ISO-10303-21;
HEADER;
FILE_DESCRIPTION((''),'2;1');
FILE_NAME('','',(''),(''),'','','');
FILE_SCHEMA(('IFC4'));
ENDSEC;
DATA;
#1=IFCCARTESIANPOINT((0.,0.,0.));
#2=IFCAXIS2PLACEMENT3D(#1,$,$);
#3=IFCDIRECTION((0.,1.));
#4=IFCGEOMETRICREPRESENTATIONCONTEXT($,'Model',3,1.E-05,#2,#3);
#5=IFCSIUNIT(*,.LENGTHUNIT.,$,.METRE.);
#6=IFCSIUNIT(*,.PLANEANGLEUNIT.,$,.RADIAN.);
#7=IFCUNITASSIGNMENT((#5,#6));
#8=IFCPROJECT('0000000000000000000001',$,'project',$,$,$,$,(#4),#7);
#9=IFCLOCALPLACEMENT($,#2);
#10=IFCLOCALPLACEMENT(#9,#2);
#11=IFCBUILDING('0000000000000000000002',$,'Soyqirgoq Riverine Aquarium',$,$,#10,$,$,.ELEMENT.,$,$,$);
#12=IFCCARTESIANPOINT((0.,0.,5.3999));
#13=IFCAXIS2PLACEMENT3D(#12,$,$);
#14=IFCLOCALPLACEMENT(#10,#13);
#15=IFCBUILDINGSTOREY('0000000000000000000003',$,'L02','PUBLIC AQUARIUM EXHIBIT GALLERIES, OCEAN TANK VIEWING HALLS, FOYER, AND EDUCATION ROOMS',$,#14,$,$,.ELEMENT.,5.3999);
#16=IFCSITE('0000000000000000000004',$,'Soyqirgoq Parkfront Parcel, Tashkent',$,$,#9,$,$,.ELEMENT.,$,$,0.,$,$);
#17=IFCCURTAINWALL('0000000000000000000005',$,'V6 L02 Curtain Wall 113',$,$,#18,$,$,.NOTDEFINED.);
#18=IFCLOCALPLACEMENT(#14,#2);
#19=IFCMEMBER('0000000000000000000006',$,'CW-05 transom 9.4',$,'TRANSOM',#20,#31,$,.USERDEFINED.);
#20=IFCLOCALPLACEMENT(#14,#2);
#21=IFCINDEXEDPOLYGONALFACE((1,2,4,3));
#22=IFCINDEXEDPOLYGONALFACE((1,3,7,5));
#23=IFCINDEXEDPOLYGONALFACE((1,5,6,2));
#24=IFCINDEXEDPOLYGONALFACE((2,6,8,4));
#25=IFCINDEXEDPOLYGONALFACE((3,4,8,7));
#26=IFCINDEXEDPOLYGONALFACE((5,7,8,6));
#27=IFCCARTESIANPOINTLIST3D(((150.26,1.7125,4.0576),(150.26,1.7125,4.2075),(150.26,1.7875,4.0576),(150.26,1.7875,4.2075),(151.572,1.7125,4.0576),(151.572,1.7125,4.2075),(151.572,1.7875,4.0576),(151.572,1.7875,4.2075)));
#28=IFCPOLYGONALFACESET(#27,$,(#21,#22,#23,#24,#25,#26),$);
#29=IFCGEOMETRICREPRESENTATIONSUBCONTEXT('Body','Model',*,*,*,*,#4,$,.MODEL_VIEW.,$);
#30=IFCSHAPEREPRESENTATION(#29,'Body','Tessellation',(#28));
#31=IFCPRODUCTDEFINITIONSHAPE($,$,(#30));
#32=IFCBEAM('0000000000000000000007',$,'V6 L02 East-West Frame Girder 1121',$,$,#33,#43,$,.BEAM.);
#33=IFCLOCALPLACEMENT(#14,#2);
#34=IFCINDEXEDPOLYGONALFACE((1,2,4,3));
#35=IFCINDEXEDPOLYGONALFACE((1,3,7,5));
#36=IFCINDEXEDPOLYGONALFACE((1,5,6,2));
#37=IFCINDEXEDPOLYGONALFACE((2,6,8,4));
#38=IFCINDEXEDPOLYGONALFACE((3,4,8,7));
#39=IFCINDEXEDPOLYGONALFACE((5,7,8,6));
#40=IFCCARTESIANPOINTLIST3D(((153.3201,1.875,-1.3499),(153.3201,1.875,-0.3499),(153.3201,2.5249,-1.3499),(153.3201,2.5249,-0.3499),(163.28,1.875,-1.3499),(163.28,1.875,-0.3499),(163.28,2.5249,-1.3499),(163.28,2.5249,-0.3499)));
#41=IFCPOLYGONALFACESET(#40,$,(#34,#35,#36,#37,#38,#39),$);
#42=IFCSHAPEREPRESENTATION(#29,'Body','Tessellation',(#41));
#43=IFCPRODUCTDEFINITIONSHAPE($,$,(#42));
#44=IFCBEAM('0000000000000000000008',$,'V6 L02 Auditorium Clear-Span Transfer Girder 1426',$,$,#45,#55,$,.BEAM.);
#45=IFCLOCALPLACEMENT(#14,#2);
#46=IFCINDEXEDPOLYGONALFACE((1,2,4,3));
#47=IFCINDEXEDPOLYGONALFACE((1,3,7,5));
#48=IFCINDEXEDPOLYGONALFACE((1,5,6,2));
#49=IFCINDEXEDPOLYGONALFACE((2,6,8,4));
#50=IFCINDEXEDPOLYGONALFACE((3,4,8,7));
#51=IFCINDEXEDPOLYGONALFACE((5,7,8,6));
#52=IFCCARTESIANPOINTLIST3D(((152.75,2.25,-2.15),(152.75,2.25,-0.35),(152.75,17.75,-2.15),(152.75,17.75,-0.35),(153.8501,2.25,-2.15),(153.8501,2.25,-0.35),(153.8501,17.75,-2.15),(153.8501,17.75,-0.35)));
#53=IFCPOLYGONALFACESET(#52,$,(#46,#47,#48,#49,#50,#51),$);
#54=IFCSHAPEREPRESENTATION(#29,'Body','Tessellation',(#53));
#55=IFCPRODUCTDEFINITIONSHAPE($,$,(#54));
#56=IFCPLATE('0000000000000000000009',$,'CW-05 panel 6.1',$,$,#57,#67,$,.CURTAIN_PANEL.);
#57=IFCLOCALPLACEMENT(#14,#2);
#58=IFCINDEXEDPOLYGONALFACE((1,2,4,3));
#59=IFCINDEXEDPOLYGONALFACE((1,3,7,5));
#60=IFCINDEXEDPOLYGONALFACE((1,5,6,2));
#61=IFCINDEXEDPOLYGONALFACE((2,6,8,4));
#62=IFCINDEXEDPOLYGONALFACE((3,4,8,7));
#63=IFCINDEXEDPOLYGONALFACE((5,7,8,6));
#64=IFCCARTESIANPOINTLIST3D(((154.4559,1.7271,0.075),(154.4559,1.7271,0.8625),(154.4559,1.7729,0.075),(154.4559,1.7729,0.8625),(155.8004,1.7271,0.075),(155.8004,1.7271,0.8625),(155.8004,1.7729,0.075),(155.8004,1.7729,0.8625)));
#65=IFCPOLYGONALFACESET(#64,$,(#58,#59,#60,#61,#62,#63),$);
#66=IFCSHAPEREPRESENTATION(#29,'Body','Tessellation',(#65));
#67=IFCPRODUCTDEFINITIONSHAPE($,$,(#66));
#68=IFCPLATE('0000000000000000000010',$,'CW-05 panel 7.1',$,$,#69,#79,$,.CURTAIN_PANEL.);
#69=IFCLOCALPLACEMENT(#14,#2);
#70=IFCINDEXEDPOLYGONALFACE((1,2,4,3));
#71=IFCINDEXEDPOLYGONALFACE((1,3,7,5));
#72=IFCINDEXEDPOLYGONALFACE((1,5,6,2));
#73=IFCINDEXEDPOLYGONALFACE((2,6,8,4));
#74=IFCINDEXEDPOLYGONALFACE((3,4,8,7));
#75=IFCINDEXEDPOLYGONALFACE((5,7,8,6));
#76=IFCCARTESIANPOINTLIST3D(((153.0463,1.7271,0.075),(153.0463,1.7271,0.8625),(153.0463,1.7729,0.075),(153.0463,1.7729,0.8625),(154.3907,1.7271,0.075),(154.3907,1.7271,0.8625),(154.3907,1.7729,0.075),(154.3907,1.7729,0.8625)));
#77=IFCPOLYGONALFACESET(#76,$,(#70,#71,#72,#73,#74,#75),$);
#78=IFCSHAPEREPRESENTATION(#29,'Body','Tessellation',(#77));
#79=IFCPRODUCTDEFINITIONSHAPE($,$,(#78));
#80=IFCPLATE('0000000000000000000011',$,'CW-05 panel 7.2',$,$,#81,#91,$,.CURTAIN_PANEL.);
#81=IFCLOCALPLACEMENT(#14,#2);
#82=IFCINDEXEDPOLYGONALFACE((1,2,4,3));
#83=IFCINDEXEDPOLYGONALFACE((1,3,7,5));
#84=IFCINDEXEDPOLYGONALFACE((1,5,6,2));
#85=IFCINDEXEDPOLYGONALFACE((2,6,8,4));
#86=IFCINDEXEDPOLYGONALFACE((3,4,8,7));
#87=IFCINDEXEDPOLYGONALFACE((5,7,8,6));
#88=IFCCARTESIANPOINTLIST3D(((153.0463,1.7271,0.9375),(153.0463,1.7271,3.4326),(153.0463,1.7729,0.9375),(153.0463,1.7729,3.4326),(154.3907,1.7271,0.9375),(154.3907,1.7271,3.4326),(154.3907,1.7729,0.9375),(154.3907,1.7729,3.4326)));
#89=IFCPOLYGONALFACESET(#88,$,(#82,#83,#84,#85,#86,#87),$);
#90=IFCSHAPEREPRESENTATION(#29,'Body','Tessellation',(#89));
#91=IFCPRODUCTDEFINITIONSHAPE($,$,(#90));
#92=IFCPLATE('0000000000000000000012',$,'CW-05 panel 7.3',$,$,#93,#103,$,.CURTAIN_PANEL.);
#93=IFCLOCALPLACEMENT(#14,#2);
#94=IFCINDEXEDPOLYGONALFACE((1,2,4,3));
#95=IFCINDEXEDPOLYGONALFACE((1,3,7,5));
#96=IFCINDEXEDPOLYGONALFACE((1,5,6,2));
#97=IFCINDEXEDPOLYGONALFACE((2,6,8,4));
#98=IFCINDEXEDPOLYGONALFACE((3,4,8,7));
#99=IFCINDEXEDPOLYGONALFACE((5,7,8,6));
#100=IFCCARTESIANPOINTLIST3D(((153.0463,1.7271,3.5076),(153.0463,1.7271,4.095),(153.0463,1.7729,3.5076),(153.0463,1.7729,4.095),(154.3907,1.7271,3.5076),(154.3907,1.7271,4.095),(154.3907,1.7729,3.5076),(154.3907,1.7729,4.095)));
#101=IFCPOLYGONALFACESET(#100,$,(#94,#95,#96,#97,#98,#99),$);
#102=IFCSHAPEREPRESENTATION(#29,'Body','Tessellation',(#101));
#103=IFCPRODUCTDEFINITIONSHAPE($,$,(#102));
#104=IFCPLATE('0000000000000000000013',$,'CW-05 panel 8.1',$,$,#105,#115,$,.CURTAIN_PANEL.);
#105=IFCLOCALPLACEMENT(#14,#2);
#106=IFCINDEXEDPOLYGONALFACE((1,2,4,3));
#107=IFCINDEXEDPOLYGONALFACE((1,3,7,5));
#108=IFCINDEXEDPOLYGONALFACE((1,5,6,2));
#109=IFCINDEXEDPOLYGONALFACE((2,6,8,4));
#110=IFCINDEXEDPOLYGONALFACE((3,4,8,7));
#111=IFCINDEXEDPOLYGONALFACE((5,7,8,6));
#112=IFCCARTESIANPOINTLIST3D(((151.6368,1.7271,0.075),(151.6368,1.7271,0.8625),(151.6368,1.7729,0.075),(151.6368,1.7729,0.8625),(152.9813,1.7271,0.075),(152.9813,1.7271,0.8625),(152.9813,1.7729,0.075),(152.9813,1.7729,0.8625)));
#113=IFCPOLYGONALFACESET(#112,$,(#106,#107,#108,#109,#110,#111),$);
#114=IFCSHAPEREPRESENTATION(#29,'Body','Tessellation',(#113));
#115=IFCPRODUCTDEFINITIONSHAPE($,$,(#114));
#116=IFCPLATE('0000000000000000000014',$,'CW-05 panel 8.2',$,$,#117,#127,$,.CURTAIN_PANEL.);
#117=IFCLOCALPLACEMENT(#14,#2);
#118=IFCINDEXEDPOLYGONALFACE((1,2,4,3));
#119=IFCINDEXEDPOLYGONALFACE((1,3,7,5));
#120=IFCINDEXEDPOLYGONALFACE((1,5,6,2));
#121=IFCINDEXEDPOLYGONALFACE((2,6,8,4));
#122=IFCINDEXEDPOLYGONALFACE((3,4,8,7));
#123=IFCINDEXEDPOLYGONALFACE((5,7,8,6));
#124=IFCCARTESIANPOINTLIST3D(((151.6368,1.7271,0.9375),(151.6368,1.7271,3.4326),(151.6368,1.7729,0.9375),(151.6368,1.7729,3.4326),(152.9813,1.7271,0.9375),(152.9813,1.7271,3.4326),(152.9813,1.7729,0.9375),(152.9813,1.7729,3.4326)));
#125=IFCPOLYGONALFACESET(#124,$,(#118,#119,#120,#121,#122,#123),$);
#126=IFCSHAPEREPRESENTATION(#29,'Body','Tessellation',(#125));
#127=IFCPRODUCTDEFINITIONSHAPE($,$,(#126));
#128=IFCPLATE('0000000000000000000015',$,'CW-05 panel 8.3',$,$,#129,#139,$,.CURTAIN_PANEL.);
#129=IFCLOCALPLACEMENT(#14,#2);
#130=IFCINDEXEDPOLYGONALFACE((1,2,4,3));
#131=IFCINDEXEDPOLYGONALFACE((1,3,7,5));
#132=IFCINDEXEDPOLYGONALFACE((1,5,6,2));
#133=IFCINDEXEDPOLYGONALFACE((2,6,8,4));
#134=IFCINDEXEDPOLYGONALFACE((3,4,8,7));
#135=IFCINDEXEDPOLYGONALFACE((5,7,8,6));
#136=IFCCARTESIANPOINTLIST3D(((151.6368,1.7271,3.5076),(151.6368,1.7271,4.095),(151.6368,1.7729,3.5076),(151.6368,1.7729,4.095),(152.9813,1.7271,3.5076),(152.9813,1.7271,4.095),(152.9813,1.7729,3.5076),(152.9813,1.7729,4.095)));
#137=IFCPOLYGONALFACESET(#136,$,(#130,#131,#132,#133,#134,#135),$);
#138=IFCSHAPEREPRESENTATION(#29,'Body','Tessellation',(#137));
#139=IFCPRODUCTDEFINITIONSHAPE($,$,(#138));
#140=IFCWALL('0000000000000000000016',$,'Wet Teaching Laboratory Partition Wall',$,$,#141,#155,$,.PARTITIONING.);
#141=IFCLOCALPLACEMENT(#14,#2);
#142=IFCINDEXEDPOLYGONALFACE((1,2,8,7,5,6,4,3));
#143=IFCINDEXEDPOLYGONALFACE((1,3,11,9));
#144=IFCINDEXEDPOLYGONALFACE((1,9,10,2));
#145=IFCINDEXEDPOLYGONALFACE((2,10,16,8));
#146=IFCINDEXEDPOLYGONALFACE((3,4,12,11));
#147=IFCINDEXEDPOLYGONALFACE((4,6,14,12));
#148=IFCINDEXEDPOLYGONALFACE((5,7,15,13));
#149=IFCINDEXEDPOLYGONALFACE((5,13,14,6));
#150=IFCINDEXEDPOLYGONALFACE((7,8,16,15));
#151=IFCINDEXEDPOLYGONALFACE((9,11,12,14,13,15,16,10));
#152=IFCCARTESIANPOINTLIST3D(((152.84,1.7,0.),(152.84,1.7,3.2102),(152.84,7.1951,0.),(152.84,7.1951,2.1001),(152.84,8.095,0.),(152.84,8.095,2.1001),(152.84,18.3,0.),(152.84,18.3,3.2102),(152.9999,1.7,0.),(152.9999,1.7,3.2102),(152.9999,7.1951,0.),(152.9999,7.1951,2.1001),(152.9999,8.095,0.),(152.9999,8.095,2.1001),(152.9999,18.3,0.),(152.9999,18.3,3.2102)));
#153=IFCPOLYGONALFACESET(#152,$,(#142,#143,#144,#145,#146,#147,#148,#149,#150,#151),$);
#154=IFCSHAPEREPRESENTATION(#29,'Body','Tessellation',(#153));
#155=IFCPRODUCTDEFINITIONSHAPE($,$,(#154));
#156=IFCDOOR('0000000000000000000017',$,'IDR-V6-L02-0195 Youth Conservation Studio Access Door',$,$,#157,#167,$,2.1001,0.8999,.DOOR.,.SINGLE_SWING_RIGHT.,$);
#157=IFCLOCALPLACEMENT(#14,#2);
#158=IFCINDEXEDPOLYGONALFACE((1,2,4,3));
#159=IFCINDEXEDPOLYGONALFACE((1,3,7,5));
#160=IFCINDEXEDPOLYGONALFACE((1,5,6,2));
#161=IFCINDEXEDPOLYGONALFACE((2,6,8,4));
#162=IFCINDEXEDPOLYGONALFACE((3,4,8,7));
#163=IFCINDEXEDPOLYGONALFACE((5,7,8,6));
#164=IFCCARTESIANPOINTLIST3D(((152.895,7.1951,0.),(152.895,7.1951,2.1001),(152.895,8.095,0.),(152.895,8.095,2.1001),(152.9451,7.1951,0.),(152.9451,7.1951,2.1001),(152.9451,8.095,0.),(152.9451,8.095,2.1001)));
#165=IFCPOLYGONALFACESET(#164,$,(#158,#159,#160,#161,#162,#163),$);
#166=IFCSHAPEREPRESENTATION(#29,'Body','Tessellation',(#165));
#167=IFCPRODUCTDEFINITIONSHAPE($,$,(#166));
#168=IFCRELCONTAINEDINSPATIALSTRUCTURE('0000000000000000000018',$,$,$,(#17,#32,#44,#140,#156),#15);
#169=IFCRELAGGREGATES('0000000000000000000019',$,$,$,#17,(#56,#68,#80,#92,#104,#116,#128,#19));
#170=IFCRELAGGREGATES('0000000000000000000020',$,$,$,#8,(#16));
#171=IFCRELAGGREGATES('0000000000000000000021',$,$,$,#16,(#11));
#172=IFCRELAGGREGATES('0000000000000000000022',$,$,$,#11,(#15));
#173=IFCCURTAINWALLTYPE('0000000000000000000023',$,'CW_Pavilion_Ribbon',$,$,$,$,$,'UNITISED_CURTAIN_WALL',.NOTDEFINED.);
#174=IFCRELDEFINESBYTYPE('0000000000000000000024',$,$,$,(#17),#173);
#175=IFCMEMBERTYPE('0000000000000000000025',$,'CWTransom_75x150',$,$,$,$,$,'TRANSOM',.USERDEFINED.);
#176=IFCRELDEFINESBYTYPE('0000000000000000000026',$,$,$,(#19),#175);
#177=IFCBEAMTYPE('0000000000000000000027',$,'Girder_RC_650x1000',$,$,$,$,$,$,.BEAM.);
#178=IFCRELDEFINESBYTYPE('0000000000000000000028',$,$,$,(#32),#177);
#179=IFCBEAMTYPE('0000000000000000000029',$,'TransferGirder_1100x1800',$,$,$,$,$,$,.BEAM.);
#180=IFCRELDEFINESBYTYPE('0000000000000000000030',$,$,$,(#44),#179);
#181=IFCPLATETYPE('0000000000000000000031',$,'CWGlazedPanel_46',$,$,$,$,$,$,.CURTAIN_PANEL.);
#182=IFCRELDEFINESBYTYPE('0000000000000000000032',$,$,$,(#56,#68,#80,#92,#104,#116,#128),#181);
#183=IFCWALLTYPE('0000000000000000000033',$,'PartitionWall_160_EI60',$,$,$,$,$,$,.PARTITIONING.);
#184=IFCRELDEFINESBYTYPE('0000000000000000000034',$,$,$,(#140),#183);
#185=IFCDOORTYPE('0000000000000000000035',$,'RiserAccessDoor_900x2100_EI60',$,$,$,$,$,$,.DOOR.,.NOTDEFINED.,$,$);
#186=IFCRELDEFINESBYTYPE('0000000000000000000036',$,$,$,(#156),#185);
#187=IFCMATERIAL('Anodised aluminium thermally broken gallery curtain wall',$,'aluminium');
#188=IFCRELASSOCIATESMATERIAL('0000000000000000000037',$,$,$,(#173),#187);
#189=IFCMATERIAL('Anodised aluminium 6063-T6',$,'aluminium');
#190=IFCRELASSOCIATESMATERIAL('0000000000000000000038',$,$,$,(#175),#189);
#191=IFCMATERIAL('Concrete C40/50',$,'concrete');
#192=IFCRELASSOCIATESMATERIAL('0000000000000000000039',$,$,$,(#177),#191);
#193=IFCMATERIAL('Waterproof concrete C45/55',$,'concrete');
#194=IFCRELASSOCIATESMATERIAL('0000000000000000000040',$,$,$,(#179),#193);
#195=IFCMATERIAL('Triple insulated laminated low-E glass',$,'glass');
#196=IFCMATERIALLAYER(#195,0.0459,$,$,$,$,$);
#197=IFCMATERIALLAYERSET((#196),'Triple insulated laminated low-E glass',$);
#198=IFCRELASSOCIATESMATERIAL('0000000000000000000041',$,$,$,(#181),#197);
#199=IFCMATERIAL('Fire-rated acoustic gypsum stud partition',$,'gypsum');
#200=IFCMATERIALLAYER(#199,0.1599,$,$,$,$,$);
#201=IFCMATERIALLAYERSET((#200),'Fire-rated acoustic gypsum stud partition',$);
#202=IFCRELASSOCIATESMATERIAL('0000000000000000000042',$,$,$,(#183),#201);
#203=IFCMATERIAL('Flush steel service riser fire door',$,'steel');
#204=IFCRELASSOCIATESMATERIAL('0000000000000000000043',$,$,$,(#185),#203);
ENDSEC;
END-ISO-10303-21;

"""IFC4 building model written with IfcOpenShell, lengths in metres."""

from ifc_helpers import new_model, si_unit, direction, frame, frame_2d, origin, origin_2d, place, context, subcontext, project, spatial, rectangle, extrude, material, layer, layer_set, material_profile, profile_set, type_object, element, fill, aggregate, save


model = new_model("IFC4")

# Units and contexts
model_context = context("Model", 3, precision=1e-05, world=origin(), true_north=direction((0.0, 1.0)))
body_context = subcontext(model_context, "Body", "Model", "MODEL_VIEW")
ifc_project = project(units=[si_unit("LENGTHUNIT", "METRE"), si_unit("PLANEANGLEUNIT", "RADIAN")], contexts=[model_context])

# Site, building, storey
site_placement = place(None, origin())
site = spatial("IfcSite", under=ifc_project, at=site_placement, Name="Soyqirgoq Parkfront Parcel, Tashkent", CompositionType="ELEMENT", RefElevation=0.0)
building_placement = place(site_placement, origin())
building = spatial("IfcBuilding", under=site, at=building_placement, Name="Soyqirgoq Riverine Aquarium", CompositionType="ELEMENT")
storey_placement = place(building_placement, frame((0.0, 0.0, 5.3999)))
storey = spatial("IfcBuildingStorey", under=building, at=storey_placement, Name="L02", Description="PUBLIC AQUARIUM EXHIBIT GALLERIES, OCEAN TANK VIEWING HALLS, FOYER, AND EDUCATION ROOMS", CompositionType="ELEMENT", Elevation=5.3999)

# Curtain wall, member
ifc_material_1 = material(Name="Anodised aluminium thermally broken gallery curtain wall", Category="aluminium")
curtain_wall_type = type_object("IfcCurtainWallType", Name="CW_Pavilion_Ribbon", ElementType="UNITISED_CURTAIN_WALL", PredefinedType="NOTDEFINED", material=ifc_material_1)
curtain_wall_placement = place(storey_placement, origin())
curtain_wall = element("IfcCurtainWall", 1, at=curtain_wall_placement, inside=storey, type_object=curtain_wall_type, Name="V6 L02 Curtain Wall 113", PredefinedType="NOTDEFINED")
ifc_material_2 = material(Name="Anodised aluminium 6063-T6", Category="aluminium")
ifc_material_profile_1 = material_profile(ifc_material_2, rectangle(XDim=0.075, YDim=0.1499, at=origin_2d()), Name="ALU-T 75x150")
ifc_profile_set_1 = profile_set([ifc_material_profile_1], Name="Anodised aluminium 6063-T6")
member_type_1 = type_object("IfcMemberType", Name="CWTransom_75x150", ElementType="TRANSOM", PredefinedType="USERDEFINED", material=ifc_profile_set_1)
member_1_placement = place(storey_placement, frame((151.572, 1.75, 4.1326), z_axis=(-1.0, 0.0, 0.0), x_axis=(0.0, -1.0, 0.0)))
member_1 = element("IfcMember", 2, at=member_1_placement, type_object=member_type_1, Name="CW-05 transom 9.4", ObjectType="TRANSOM", PredefinedType="USERDEFINED", context=body_context, shape_type="SweptSolid", body=[
    extrude(rectangle(XDim=0.075, YDim=0.1499, at=origin_2d()), origin(), (0.0, 0.0, 1.0), 1.312),
])

# Beams
ifc_material_3 = material(Name="Concrete C40/50", Category="concrete")
ifc_material_profile_2 = material_profile(ifc_material_3, rectangle(XDim=0.6499, YDim=1.0, at=origin_2d()), Name="RC 650x1000")
ifc_profile_set_2 = profile_set([ifc_material_profile_2], Name="Concrete C40/50")
beam_type_1 = type_object("IfcBeamType", Name="Girder_RC_650x1000", PredefinedType="BEAM", material=ifc_profile_set_2)
beam_1_placement = place(storey_placement, frame((153.3201, 2.2, -0.8499), z_axis=(1.0, 0.0, 0.0), x_axis=(0.0, 1.0, 0.0)))
element("IfcBeam", 3, at=beam_1_placement, inside=storey, type_object=beam_type_1, Name="V6 L02 East-West Frame Girder 1121", PredefinedType="BEAM", context=body_context, shape_type="SweptSolid", body=[
    extrude(rectangle(XDim=0.6499, YDim=1.0, at=origin_2d()), origin(), (0.0, 0.0, 1.0), 9.96),
])
ifc_material_4 = material(Name="Waterproof concrete C45/55", Category="concrete")
ifc_material_profile_3 = material_profile(ifc_material_4, rectangle(XDim=1.1001, YDim=1.8, at=origin_2d()), Name="RC 1100x1800")
ifc_profile_set_3 = profile_set([ifc_material_profile_3], Name="Waterproof concrete C45/55")
beam_type_2 = type_object("IfcBeamType", Name="TransferGirder_1100x1800", PredefinedType="BEAM", material=ifc_profile_set_3)
beam_2_placement = place(storey_placement, frame((153.3, 2.25, -1.25), z_axis=(0.0, 1.0, 0.0), x_axis=(-1.0, 0.0, 0.0)))
element("IfcBeam", 4, at=beam_2_placement, inside=storey, type_object=beam_type_2, Name="V6 L02 Auditorium Clear-Span Transfer Girder 1426", PredefinedType="BEAM", context=body_context, shape_type="SweptSolid", body=[
    extrude(rectangle(XDim=1.1001, YDim=1.8, at=origin_2d()), origin(), (0.0, 0.0, 1.0), 15.5),
])

# Plates
ifc_material_5 = material(Name="Triple insulated laminated low-E glass", Category="glass")
ifc_layer_1 = layer(ifc_material_5, 0.0459)
ifc_layer_set_1 = layer_set([ifc_layer_1], Name="Triple insulated laminated low-E glass")
plate_type = type_object("IfcPlateType", Name="CWGlazedPanel_46", PredefinedType="CURTAIN_PANEL", material=ifc_layer_set_1)
plate_1_placement = place(storey_placement, frame((155.1282, 1.75, 0.075), z_axis=(0.0, 0.0, 1.0), x_axis=(-1.0, 0.0, 0.0)))
plate_1 = element("IfcPlate", 5, at=plate_1_placement, type_object=plate_type, Name="CW-05 panel 6.1", PredefinedType="CURTAIN_PANEL", context=body_context, shape_type="SweptSolid", body=[
    extrude(rectangle(XDim=1.3445, YDim=0.0459, at=origin_2d()), origin(), (0.0, 0.0, 1.0), 0.7876),
])
plate_2_placement = place(storey_placement, frame((153.7185, 1.75, 0.075), z_axis=(0.0, 0.0, 1.0), x_axis=(-1.0, 0.0, 0.0)))
plate_2 = element("IfcPlate", 6, at=plate_2_placement, type_object=plate_type, Name="CW-05 panel 7.1", PredefinedType="CURTAIN_PANEL", context=body_context, shape_type="SweptSolid", body=[
    extrude(rectangle(XDim=1.3445, YDim=0.0459, at=origin_2d()), origin(), (0.0, 0.0, 1.0), 0.7876),
])
plate_3_placement = place(storey_placement, frame((153.7185, 1.75, 0.9375), z_axis=(0.0, 0.0, 1.0), x_axis=(-1.0, 0.0, 0.0)))
plate_3 = element("IfcPlate", 7, at=plate_3_placement, type_object=plate_type, Name="CW-05 panel 7.2", PredefinedType="CURTAIN_PANEL", context=body_context, shape_type="SweptSolid", body=[
    extrude(rectangle(XDim=1.3445, YDim=0.0459, at=origin_2d()), origin(), (0.0, 0.0, 1.0), 2.4951),
])
plate_4_placement = place(storey_placement, frame((153.7185, 1.75, 3.5076), z_axis=(0.0, 0.0, 1.0), x_axis=(-1.0, 0.0, 0.0)))
plate_4 = element("IfcPlate", 8, at=plate_4_placement, type_object=plate_type, Name="CW-05 panel 7.3", PredefinedType="CURTAIN_PANEL", context=body_context, shape_type="SweptSolid", body=[
    extrude(rectangle(XDim=1.3445, YDim=0.0459, at=origin_2d()), origin(), (0.0, 0.0, 1.0), 0.5874),
])
plate_5_placement = place(storey_placement, frame((152.3091, 1.75, 0.075), z_axis=(0.0, 0.0, 1.0), x_axis=(-1.0, 0.0, 0.0)))
plate_5 = element("IfcPlate", 9, at=plate_5_placement, type_object=plate_type, Name="CW-05 panel 8.1", PredefinedType="CURTAIN_PANEL", context=body_context, shape_type="SweptSolid", body=[
    extrude(rectangle(XDim=1.3445, YDim=0.0459, at=origin_2d()), origin(), (0.0, 0.0, 1.0), 0.7876),
])
plate_6_placement = place(storey_placement, frame((152.3091, 1.75, 0.9375), z_axis=(0.0, 0.0, 1.0), x_axis=(-1.0, 0.0, 0.0)))
plate_6 = element("IfcPlate", 10, at=plate_6_placement, type_object=plate_type, Name="CW-05 panel 8.2", PredefinedType="CURTAIN_PANEL", context=body_context, shape_type="SweptSolid", body=[
    extrude(rectangle(XDim=1.3445, YDim=0.0459, at=origin_2d()), origin(), (0.0, 0.0, 1.0), 2.4951),
])
plate_7_placement = place(storey_placement, frame((152.3091, 1.75, 3.5076), z_axis=(0.0, 0.0, 1.0), x_axis=(-1.0, 0.0, 0.0)))
plate_7 = element("IfcPlate", 11, at=plate_7_placement, type_object=plate_type, Name="CW-05 panel 8.3", PredefinedType="CURTAIN_PANEL", context=body_context, shape_type="SweptSolid", body=[
    extrude(rectangle(XDim=1.3445, YDim=0.0459, at=origin_2d()), origin(), (0.0, 0.0, 1.0), 0.5874),
])
aggregate(curtain_wall, [plate_1, plate_2, plate_3, plate_4, plate_5, plate_6, plate_7, member_1])

# Wall, opening, door
ifc_material_6 = material(Name="Fire-rated acoustic gypsum stud partition", Category="gypsum")
ifc_layer_2 = layer(ifc_material_6, 0.1599)
ifc_layer_set_2 = layer_set([ifc_layer_2], Name="Fire-rated acoustic gypsum stud partition")
wall_type = type_object("IfcWallType", Name="PartitionWall_160_EI60", PredefinedType="PARTITIONING", material=ifc_layer_set_2)
wall_placement = place(storey_placement, frame((152.9199, 1.7, 0.0), z_axis=(0.0, 0.0, 1.0), x_axis=(0.0, 1.0, 0.0)))
wall = element("IfcWall", 12, at=wall_placement, inside=storey, type_object=wall_type, Name="Wet Teaching Laboratory Partition Wall", PredefinedType="PARTITIONING", context=body_context, shape_type="SweptSolid", body=[
    extrude(rectangle(XDim=16.6001, YDim=0.1599, at=frame_2d((8.3, 0.0))), origin(), (0.0, 0.0, 1.0), 3.2102),
])
opening_placement = place(wall_placement, frame((5.4951, 0.0, 0.0)))
opening = element("IfcOpeningElement", 13, at=opening_placement, cuts=wall, PredefinedType="OPENING", context=body_context, shape_type="SweptSolid", body=[
    extrude(rectangle(XDim=0.8999, YDim=2.1001, at=frame_2d((0.45, 1.05))), frame((0.0, 0.0898, 0.0), z_axis=(0.0, -1.0, 0.0), x_axis=(1.0, 0.0, 0.0)), (0.0, 0.0, 1.0), 0.1799),
])
ifc_material_7 = material(Name="Flush steel service riser fire door", Category="steel")
door_type = type_object("IfcDoorType", Name="RiserAccessDoor_900x2100_EI60", OperationType="NOTDEFINED", PredefinedType="DOOR", material=ifc_material_7)
door_placement = place(opening_placement, origin())
door = element("IfcDoor", 14, at=door_placement, inside=storey, type_object=door_type, Name="IDR-V6-L02-0195 Youth Conservation Studio Access Door", OperationType="SINGLE_SWING_RIGHT", OverallHeight=2.1001, OverallWidth=0.8999, PredefinedType="DOOR", context=body_context, shape_type="SweptSolid", body=[
    extrude(rectangle(XDim=0.8999, YDim=2.1001, at=frame_2d((0.45, 1.05))), frame((0.0, 0.0249, 0.0), z_axis=(0.0, -1.0, 0.0), x_axis=(1.0, 0.0, 0.0)), (0.0, 0.0, 1.0), 0.05),
])
fill(opening, door)

save(model, "model.ifc")
